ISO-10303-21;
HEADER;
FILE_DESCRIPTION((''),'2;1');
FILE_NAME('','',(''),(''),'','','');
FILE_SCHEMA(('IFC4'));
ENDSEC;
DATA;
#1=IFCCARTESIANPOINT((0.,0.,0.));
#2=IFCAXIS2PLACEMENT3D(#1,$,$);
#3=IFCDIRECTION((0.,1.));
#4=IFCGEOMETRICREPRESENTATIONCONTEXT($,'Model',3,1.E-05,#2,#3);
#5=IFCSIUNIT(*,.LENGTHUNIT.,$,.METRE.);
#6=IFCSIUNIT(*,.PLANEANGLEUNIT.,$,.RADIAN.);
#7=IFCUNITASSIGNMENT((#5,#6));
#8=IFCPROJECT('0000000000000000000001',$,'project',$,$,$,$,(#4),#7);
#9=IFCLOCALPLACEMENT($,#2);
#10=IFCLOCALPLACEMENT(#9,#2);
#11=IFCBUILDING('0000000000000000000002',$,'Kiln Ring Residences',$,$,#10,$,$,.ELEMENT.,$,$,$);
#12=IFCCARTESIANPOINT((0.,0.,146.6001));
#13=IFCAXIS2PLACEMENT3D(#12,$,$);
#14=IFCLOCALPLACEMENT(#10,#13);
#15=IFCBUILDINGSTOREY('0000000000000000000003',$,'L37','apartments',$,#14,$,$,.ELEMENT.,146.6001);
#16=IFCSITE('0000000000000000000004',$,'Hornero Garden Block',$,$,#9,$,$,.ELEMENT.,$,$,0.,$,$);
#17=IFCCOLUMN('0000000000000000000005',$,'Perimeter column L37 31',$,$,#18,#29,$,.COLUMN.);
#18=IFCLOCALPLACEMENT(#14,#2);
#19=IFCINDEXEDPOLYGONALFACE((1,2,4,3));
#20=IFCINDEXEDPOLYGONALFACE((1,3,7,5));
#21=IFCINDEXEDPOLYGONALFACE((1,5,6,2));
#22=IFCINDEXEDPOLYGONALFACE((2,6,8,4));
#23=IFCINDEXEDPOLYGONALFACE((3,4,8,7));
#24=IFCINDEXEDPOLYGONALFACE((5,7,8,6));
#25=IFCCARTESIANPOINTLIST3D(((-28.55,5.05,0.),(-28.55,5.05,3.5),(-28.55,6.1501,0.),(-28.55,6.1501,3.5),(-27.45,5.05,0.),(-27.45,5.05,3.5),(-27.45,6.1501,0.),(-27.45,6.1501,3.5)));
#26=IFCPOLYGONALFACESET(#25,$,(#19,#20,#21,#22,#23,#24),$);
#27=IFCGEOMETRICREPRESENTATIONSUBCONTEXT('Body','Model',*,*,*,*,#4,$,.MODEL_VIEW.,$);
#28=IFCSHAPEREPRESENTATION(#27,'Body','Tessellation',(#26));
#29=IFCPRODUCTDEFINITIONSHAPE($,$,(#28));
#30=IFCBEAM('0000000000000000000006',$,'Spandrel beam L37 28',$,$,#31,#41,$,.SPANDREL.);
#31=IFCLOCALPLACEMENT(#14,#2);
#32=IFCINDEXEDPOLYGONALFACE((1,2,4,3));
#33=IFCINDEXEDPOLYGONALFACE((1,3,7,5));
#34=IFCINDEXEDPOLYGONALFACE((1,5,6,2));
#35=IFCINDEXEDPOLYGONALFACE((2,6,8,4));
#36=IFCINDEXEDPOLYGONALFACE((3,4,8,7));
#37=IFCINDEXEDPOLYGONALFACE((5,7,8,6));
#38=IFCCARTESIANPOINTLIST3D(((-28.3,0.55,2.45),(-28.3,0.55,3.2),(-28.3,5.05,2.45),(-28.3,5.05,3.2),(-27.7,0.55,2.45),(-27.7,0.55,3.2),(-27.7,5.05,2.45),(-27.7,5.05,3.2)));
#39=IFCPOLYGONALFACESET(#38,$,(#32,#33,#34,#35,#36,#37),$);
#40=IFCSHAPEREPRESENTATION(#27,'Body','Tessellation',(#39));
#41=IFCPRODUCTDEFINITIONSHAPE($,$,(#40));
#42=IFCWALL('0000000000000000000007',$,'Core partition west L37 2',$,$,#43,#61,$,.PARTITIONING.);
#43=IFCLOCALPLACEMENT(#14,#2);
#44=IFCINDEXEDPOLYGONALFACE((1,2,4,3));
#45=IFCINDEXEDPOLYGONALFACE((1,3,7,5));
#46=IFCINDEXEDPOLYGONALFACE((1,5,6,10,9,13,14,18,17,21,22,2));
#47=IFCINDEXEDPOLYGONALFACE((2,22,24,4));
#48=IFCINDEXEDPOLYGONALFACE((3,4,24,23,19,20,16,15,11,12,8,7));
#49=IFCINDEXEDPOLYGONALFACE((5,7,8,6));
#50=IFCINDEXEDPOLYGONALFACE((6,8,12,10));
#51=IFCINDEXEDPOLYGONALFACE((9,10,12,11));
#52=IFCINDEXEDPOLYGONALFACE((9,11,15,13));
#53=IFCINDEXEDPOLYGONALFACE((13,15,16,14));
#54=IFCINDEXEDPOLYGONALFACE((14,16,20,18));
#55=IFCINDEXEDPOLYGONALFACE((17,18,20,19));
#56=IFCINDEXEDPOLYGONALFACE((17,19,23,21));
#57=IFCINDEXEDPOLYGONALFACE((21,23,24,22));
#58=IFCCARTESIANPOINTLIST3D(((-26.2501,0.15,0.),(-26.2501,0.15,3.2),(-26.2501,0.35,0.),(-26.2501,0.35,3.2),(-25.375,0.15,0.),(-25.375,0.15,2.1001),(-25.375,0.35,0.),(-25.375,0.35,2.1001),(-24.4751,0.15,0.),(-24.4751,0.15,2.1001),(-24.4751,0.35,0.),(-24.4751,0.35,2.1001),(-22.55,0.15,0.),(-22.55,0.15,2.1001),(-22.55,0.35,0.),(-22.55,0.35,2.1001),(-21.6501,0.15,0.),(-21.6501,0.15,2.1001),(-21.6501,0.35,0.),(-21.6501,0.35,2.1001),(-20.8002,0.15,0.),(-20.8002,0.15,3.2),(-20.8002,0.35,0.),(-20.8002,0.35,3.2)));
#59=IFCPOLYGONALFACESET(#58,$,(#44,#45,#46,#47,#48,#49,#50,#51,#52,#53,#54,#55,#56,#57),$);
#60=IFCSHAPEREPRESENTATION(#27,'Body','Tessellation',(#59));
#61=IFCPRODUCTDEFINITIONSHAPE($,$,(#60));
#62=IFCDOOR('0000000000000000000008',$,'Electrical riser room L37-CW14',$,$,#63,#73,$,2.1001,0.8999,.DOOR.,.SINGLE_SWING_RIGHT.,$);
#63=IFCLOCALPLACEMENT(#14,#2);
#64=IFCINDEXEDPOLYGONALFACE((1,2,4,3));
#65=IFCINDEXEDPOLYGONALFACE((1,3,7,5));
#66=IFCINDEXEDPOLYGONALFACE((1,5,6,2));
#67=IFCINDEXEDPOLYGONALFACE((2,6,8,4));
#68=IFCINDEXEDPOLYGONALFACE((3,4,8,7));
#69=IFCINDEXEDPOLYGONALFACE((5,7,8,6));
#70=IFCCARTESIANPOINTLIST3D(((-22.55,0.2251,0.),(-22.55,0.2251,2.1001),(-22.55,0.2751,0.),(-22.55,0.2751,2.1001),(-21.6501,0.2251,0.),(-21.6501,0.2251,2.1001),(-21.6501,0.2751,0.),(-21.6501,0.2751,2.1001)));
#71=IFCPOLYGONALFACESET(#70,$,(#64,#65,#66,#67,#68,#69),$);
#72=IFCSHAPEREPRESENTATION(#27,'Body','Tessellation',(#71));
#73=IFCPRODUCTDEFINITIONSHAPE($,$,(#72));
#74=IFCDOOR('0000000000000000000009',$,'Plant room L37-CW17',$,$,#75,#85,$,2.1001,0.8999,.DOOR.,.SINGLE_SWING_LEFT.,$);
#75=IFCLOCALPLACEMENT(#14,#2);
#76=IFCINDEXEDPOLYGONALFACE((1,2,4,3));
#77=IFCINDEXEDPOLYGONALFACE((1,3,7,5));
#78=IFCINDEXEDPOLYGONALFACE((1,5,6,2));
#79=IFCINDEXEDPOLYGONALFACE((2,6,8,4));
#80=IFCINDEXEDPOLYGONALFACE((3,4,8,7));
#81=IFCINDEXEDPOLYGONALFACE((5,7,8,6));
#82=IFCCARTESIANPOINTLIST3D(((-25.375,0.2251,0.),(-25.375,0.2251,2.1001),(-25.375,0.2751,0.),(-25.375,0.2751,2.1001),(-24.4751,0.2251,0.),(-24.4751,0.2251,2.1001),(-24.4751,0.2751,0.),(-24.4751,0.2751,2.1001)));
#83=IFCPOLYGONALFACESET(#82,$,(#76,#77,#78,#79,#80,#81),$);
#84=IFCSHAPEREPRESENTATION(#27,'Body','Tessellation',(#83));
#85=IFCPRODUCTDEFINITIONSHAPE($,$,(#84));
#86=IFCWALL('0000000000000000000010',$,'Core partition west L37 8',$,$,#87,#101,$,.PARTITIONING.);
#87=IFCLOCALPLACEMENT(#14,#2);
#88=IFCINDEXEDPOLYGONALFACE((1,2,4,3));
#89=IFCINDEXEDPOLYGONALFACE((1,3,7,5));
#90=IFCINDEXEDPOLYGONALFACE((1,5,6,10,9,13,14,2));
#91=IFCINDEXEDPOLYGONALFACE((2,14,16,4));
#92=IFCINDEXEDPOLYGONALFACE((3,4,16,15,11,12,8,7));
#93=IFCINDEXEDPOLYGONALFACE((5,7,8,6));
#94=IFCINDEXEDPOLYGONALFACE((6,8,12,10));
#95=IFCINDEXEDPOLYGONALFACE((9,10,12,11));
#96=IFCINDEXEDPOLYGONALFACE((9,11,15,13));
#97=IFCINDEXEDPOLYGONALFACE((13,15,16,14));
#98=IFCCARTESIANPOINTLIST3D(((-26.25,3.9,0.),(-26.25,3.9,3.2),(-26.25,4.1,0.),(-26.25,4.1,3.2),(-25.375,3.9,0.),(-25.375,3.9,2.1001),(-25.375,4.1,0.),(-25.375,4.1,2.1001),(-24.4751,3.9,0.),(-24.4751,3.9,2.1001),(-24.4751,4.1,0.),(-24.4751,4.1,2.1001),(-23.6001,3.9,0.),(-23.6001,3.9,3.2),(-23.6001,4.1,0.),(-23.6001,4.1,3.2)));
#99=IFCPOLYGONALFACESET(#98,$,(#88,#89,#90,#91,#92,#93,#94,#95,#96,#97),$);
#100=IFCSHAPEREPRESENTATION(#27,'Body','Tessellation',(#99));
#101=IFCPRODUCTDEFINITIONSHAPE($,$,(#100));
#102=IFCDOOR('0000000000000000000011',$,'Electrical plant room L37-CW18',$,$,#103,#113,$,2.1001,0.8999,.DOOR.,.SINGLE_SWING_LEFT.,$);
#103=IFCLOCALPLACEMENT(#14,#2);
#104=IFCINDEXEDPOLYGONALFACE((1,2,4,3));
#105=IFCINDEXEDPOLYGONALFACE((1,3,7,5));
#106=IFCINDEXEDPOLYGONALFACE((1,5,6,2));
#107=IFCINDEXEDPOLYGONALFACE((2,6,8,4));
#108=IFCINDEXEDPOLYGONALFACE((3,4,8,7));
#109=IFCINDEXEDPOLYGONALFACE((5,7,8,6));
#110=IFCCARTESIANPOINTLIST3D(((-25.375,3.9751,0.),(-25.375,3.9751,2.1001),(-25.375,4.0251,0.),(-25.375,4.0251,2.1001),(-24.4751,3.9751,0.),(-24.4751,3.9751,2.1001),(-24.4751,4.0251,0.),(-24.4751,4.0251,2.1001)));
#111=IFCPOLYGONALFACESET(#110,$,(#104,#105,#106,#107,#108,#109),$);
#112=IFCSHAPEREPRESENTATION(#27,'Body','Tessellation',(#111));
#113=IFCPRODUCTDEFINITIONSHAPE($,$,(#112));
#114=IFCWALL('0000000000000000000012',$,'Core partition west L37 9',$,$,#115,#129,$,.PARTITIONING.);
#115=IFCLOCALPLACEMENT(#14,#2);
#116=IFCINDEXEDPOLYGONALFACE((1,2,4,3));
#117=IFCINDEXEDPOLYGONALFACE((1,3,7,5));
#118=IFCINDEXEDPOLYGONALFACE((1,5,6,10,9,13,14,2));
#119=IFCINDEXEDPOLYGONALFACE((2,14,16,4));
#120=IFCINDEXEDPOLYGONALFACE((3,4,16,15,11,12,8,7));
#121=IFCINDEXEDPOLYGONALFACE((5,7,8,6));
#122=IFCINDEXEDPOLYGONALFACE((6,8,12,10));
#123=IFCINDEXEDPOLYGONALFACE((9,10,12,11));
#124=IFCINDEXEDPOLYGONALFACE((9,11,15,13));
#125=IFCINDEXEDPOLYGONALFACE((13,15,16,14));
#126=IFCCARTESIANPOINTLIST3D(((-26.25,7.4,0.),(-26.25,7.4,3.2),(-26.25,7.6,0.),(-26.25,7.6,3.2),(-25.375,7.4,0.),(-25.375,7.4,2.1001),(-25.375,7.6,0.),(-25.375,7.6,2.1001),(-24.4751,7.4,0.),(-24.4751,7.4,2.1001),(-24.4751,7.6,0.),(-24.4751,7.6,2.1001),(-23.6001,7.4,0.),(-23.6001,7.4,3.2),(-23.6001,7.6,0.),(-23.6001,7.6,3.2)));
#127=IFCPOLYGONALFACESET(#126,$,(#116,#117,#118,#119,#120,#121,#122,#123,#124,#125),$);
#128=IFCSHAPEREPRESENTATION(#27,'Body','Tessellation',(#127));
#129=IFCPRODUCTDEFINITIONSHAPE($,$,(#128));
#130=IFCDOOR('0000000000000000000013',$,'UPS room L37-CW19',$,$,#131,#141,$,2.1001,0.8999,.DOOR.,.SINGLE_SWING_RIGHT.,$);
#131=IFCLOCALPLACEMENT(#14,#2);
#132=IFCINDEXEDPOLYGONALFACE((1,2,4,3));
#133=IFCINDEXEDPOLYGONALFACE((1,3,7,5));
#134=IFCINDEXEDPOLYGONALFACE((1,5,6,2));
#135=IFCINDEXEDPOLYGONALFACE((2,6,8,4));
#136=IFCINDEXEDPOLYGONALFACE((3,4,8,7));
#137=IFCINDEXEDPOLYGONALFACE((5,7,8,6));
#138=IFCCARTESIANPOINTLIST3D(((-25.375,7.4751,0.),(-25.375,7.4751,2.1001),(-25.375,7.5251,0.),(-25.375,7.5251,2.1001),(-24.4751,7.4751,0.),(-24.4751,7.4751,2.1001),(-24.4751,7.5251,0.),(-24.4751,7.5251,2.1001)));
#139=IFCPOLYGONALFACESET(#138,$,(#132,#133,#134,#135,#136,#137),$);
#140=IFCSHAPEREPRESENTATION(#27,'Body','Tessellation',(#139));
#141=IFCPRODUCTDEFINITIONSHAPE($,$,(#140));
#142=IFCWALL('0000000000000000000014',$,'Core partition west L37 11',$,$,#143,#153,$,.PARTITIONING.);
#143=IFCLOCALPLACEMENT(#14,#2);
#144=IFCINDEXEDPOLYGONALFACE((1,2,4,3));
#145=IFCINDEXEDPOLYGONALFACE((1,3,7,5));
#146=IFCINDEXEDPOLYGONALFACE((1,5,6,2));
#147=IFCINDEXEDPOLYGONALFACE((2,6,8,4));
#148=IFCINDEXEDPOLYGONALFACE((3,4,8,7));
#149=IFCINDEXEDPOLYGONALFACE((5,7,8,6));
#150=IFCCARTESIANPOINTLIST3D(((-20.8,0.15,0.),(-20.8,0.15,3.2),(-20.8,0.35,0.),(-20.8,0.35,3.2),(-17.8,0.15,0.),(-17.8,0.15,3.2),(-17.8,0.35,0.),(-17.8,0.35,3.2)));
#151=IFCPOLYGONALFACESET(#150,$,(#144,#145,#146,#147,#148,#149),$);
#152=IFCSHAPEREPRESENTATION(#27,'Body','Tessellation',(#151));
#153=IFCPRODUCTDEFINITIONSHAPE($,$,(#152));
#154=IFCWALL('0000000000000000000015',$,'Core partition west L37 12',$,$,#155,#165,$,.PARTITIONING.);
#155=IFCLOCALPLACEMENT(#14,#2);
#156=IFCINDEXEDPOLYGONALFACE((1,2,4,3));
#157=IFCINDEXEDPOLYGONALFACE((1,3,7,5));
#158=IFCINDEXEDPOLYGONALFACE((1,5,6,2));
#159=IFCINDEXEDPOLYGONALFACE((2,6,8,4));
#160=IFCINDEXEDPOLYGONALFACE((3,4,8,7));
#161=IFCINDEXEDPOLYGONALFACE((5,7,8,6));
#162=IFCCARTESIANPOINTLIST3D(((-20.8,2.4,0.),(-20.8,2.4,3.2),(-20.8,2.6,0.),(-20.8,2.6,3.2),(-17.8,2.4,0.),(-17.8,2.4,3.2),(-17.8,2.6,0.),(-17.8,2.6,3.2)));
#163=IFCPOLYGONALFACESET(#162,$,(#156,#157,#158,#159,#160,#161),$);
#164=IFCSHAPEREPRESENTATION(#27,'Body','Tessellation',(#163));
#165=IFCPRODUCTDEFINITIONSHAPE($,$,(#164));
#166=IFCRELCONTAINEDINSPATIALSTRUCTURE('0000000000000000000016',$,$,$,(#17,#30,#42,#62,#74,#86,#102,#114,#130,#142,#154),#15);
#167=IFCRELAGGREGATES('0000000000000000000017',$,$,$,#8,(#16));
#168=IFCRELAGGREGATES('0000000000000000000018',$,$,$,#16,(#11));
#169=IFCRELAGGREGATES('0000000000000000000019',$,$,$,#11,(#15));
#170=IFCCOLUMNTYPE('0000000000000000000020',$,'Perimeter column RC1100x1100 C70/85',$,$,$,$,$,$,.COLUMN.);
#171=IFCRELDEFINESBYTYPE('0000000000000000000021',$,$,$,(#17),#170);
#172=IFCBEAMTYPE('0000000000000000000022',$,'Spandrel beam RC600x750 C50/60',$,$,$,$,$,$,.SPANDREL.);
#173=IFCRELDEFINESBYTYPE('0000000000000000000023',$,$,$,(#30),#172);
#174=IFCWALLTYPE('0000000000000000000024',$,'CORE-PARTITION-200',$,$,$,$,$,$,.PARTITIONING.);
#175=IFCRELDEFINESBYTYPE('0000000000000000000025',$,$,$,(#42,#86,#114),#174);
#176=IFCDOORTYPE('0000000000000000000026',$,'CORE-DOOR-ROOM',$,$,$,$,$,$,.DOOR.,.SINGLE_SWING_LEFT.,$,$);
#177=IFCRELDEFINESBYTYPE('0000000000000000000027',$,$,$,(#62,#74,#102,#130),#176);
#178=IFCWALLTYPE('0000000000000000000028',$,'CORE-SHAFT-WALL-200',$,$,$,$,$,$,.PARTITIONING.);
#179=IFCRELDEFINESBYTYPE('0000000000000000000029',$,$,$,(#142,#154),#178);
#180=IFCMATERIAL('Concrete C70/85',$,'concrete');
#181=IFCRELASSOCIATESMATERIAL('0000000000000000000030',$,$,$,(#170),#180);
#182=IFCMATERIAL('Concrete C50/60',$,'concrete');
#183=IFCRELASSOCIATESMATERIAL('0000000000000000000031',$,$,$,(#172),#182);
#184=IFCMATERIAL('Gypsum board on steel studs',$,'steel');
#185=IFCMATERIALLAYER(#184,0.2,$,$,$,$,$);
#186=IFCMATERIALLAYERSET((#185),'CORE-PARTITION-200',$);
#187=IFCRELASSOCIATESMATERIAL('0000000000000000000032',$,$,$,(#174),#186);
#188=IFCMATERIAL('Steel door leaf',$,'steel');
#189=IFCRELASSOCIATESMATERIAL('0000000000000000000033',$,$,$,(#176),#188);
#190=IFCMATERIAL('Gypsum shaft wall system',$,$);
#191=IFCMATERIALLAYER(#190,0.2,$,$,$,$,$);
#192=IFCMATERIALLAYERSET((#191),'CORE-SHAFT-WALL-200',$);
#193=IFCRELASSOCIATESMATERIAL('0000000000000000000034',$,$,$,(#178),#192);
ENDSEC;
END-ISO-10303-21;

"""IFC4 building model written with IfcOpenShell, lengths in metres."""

from ifc_helpers import new_model, si_unit, direction, frame, frame_2d, origin, origin_2d, place, context, subcontext, project, spatial, rectangle, extrude, material, layer, layer_set, material_profile, profile_set, type_object, element, fill, save


model = new_model("IFC4")

# Units and contexts
model_context = context("Model", 3, precision=1e-05, world=origin(), true_north=direction((0.0, 1.0)))
body_context = subcontext(model_context, "Body", "Model", "MODEL_VIEW")
ifc_project = project(units=[si_unit("LENGTHUNIT", "METRE"), si_unit("PLANEANGLEUNIT", "RADIAN")], contexts=[model_context])

# Site, building, storey
site_placement = place(None, origin())
site = spatial("IfcSite", under=ifc_project, at=site_placement, Name="Hornero Garden Block", CompositionType="ELEMENT", RefElevation=0.0)
building_placement = place(site_placement, origin())
building = spatial("IfcBuilding", under=site, at=building_placement, Name="Kiln Ring Residences", CompositionType="ELEMENT")
storey_placement = place(building_placement, frame((0.0, 0.0, 146.6001)))
storey = spatial("IfcBuildingStorey", under=building, at=storey_placement, Name="L37", Description="apartments", CompositionType="ELEMENT", Elevation=146.6001)

# Column
ifc_material_1 = material(Name="Concrete C70/85", Category="concrete")
ifc_material_profile_1 = material_profile(ifc_material_1, rectangle(XDim=1.1001, YDim=1.1001, at=origin_2d()), Name="RC1100x1100")
ifc_profile_set_1 = profile_set([ifc_material_profile_1], Name="Concrete C70/85")
column_type = type_object("IfcColumnType", Name="Perimeter column RC1100x1100 C70/85", PredefinedType="COLUMN", material=ifc_profile_set_1)
column_placement = place(storey_placement, frame((-28.0, 5.6001, 0.0), z_axis=(0.0, 0.0, 1.0), x_axis=(1.0, 0.0, 0.0)))
element("IfcColumn", 1, at=column_placement, inside=storey, type_object=column_type, Name="Perimeter column L37 31", PredefinedType="COLUMN", context=body_context, shape_type="SweptSolid", body=[
    extrude(rectangle(XDim=1.1001, YDim=1.1001, at=origin_2d()), origin(), (0.0, 0.0, 1.0), 3.5),
])

# Beam
ifc_material_2 = material(Name="Concrete C50/60", Category="concrete")
ifc_material_profile_2 = material_profile(ifc_material_2, rectangle(XDim=0.6001, YDim=0.75, at=origin_2d()), Name="RC600x750")
ifc_profile_set_2 = profile_set([ifc_material_profile_2], Name="Concrete C50/60")
beam_type = type_object("IfcBeamType", Name="Spandrel beam RC600x750 C50/60", PredefinedType="SPANDREL", material=ifc_profile_set_2)
beam_placement = place(storey_placement, frame((-28.0, 5.05, 2.825), z_axis=(0.0, -1.0, 0.0), x_axis=(1.0, 0.0, 0.0)))
element("IfcBeam", 2, at=beam_placement, inside=storey, type_object=beam_type, Name="Spandrel beam L37 28", PredefinedType="SPANDREL", context=body_context, shape_type="SweptSolid", body=[
    extrude(rectangle(XDim=0.6001, YDim=0.75, at=origin_2d()), origin(), (0.0, 0.0, 1.0), 4.5),
])

# Wall, openings, doors
ifc_material_3 = material(Name="Gypsum board on steel studs", Category="steel")
ifc_layer_1 = layer(ifc_material_3, 0.2)
ifc_layer_set_1 = layer_set([ifc_layer_1], Name="CORE-PARTITION-200")
wall_type_1 = type_object("IfcWallType", Name="CORE-PARTITION-200", PredefinedType="PARTITIONING", material=ifc_layer_set_1)
wall_1_placement = place(storey_placement, frame((-20.8, 0.25, 0.0), z_axis=(0.0, 0.0, 1.0), x_axis=(-1.0, 0.0, 0.0)))
wall_1 = element("IfcWall", 3, at=wall_1_placement, inside=storey, type_object=wall_type_1, Name="Core partition west L37 2", PredefinedType="PARTITIONING", context=body_context, shape_type="SweptSolid", body=[
    extrude(rectangle(XDim=5.45, YDim=0.2, at=frame_2d((2.7251, 0.0))), origin(), (0.0, 0.0, 1.0), 3.2),
])
opening_1_placement = place(wall_1_placement, frame((0.8501, 0.0, 0.0)))
opening_1 = element("IfcOpeningElement", 4, at=opening_1_placement, cuts=wall_1, PredefinedType="OPENING", context=body_context, shape_type="SweptSolid", body=[
    extrude(rectangle(XDim=0.8999, YDim=2.1001, at=frame_2d((0.45, 1.05))), frame((0.0, 0.1099, 0.0), z_axis=(0.0, -1.0, 0.0), x_axis=(1.0, 0.0, 0.0)), (0.0, 0.0, 1.0), 0.22),
])
opening_2_placement = place(wall_1_placement, frame((3.675, 0.0, 0.0)))
opening_2 = element("IfcOpeningElement", 5, at=opening_2_placement, cuts=wall_1, PredefinedType="OPENING", context=body_context, shape_type="SweptSolid", body=[
    extrude(rectangle(XDim=0.8999, YDim=2.1001, at=frame_2d((0.45, 1.05))), frame((0.0, 0.1099, 0.0), z_axis=(0.0, -1.0, 0.0), x_axis=(1.0, 0.0, 0.0)), (0.0, 0.0, 1.0), 0.22),
])
ifc_material_4 = material(Name="Steel door leaf", Category="steel")
door_type = type_object("IfcDoorType", Name="CORE-DOOR-ROOM", OperationType="SINGLE_SWING_LEFT", PredefinedType="DOOR", material=ifc_material_4)
door_1_placement = place(opening_1_placement, origin())
door_1 = element("IfcDoor", 6, at=door_1_placement, inside=storey, type_object=door_type, Name="Electrical riser room L37-CW14", OperationType="SINGLE_SWING_RIGHT", OverallHeight=2.1001, OverallWidth=0.8999, PredefinedType="DOOR", context=body_context, shape_type="SweptSolid", body=[
    extrude(rectangle(XDim=0.8999, YDim=2.1001, at=frame_2d((0.45, 1.05))), frame((0.0, 0.0249, 0.0), z_axis=(0.0, -1.0, 0.0), x_axis=(1.0, 0.0, 0.0)), (0.0, 0.0, 1.0), 0.05),
])
fill(opening_1, door_1)
door_2_placement = place(opening_2_placement, origin())
door_2 = element("IfcDoor", 7, at=door_2_placement, inside=storey, type_object=door_type, Name="Plant room L37-CW17", OperationType="SINGLE_SWING_LEFT", OverallHeight=2.1001, OverallWidth=0.8999, PredefinedType="DOOR", context=body_context, shape_type="SweptSolid", body=[
    extrude(rectangle(XDim=0.8999, YDim=2.1001, at=frame_2d((0.45, 1.05))), frame((0.0, 0.0249, 0.0), z_axis=(0.0, -1.0, 0.0), x_axis=(1.0, 0.0, 0.0)), (0.0, 0.0, 1.0), 0.05),
])
fill(opening_2, door_2)

# Walls, openings, doors
wall_2_placement = place(storey_placement, frame((-23.6001, 4.0, 0.0), z_axis=(0.0, 0.0, 1.0), x_axis=(-1.0, 0.0, 0.0)))
wall_2 = element("IfcWall", 8, at=wall_2_placement, inside=storey, type_object=wall_type_1, Name="Core partition west L37 8", PredefinedType="PARTITIONING", context=body_context, shape_type="SweptSolid", body=[
    extrude(rectangle(XDim=2.6499, YDim=0.2, at=frame_2d((1.325, 0.0))), origin(), (0.0, 0.0, 1.0), 3.2),
])
opening_3_placement = place(wall_2_placement, frame((0.875, 0.0, 0.0)))
opening_3 = element("IfcOpeningElement", 9, at=opening_3_placement, cuts=wall_2, PredefinedType="OPENING", context=body_context, shape_type="SweptSolid", body=[
    extrude(rectangle(XDim=0.8999, YDim=2.1001, at=frame_2d((0.45, 1.05))), frame((0.0, 0.1099, 0.0), z_axis=(0.0, -1.0, 0.0), x_axis=(1.0, 0.0, 0.0)), (0.0, 0.0, 1.0), 0.22),
])
door_3_placement = place(opening_3_placement, origin())
door_3 = element("IfcDoor", 10, at=door_3_placement, inside=storey, type_object=door_type, Name="Electrical plant room L37-CW18", OperationType="SINGLE_SWING_LEFT", OverallHeight=2.1001, OverallWidth=0.8999, PredefinedType="DOOR", context=body_context, shape_type="SweptSolid", body=[
    extrude(rectangle(XDim=0.8999, YDim=2.1001, at=frame_2d((0.45, 1.05))), frame((0.0, 0.0249, 0.0), z_axis=(0.0, -1.0, 0.0), x_axis=(1.0, 0.0, 0.0)), (0.0, 0.0, 1.0), 0.05),
])
fill(opening_3, door_3)
wall_3_placement = place(storey_placement, frame((-23.6001, 7.5, 0.0), z_axis=(0.0, 0.0, 1.0), x_axis=(-1.0, 0.0, 0.0)))
wall_3 = element("IfcWall", 11, at=wall_3_placement, inside=storey, type_object=wall_type_1, Name="Core partition west L37 9", PredefinedType="PARTITIONING", context=body_context, shape_type="SweptSolid", body=[
    extrude(rectangle(XDim=2.6499, YDim=0.2, at=frame_2d((1.325, 0.0))), origin(), (0.0, 0.0, 1.0), 3.2),
])
opening_4_placement = place(wall_3_placement, frame((0.875, 0.0, 0.0)))
opening_4 = element("IfcOpeningElement", 12, at=opening_4_placement, cuts=wall_3, PredefinedType="OPENING", context=body_context, shape_type="SweptSolid", body=[
    extrude(rectangle(XDim=0.8999, YDim=2.1001, at=frame_2d((0.45, 1.05))), frame((0.0, 0.1099, 0.0), z_axis=(0.0, -1.0, 0.0), x_axis=(1.0, 0.0, 0.0)), (0.0, 0.0, 1.0), 0.22),
])
door_4_placement = place(opening_4_placement, origin())
door_4 = element("IfcDoor", 13, at=door_4_placement, inside=storey, type_object=door_type, Name="UPS room L37-CW19", OperationType="SINGLE_SWING_RIGHT", OverallHeight=2.1001, OverallWidth=0.8999, PredefinedType="DOOR", context=body_context, shape_type="SweptSolid", body=[
    extrude(rectangle(XDim=0.8999, YDim=2.1001, at=frame_2d((0.45, 1.05))), frame((0.0, 0.0249, 0.0), z_axis=(0.0, -1.0, 0.0), x_axis=(1.0, 0.0, 0.0)), (0.0, 0.0, 1.0), 0.05),
])
fill(opening_4, door_4)

# Walls
ifc_material_5 = material(Name="Gypsum shaft wall system")
ifc_layer_2 = layer(ifc_material_5, 0.2)
ifc_layer_set_2 = layer_set([ifc_layer_2], Name="CORE-SHAFT-WALL-200")
wall_type_2 = type_object("IfcWallType", Name="CORE-SHAFT-WALL-200", PredefinedType="PARTITIONING", material=ifc_layer_set_2)
for number, where, z_axis, x_axis, name in (
    (14, (-17.8, 0.25, 0.0), (0.0, 0.0, 1.0), (-1.0, 0.0, 0.0), "Core partition west L37 11"),
    (15, (-17.8, 2.5, 0.0), (0.0, 0.0, 1.0), (-1.0, 0.0, 0.0), "Core partition west L37 12"),
):
    element("IfcWall", number, at=place(storey_placement, frame(where, z_axis=z_axis, x_axis=x_axis)), inside=storey, type_object=wall_type_2, Name=name, PredefinedType="PARTITIONING", context=body_context, shape_type="SweptSolid", body=[
        extrude(rectangle(XDim=3.0, YDim=0.2, at=frame_2d((1.5, 0.0))), origin(), (0.0, 0.0, 1.0), 3.2),
    ])

save(model, "model.ifc")
